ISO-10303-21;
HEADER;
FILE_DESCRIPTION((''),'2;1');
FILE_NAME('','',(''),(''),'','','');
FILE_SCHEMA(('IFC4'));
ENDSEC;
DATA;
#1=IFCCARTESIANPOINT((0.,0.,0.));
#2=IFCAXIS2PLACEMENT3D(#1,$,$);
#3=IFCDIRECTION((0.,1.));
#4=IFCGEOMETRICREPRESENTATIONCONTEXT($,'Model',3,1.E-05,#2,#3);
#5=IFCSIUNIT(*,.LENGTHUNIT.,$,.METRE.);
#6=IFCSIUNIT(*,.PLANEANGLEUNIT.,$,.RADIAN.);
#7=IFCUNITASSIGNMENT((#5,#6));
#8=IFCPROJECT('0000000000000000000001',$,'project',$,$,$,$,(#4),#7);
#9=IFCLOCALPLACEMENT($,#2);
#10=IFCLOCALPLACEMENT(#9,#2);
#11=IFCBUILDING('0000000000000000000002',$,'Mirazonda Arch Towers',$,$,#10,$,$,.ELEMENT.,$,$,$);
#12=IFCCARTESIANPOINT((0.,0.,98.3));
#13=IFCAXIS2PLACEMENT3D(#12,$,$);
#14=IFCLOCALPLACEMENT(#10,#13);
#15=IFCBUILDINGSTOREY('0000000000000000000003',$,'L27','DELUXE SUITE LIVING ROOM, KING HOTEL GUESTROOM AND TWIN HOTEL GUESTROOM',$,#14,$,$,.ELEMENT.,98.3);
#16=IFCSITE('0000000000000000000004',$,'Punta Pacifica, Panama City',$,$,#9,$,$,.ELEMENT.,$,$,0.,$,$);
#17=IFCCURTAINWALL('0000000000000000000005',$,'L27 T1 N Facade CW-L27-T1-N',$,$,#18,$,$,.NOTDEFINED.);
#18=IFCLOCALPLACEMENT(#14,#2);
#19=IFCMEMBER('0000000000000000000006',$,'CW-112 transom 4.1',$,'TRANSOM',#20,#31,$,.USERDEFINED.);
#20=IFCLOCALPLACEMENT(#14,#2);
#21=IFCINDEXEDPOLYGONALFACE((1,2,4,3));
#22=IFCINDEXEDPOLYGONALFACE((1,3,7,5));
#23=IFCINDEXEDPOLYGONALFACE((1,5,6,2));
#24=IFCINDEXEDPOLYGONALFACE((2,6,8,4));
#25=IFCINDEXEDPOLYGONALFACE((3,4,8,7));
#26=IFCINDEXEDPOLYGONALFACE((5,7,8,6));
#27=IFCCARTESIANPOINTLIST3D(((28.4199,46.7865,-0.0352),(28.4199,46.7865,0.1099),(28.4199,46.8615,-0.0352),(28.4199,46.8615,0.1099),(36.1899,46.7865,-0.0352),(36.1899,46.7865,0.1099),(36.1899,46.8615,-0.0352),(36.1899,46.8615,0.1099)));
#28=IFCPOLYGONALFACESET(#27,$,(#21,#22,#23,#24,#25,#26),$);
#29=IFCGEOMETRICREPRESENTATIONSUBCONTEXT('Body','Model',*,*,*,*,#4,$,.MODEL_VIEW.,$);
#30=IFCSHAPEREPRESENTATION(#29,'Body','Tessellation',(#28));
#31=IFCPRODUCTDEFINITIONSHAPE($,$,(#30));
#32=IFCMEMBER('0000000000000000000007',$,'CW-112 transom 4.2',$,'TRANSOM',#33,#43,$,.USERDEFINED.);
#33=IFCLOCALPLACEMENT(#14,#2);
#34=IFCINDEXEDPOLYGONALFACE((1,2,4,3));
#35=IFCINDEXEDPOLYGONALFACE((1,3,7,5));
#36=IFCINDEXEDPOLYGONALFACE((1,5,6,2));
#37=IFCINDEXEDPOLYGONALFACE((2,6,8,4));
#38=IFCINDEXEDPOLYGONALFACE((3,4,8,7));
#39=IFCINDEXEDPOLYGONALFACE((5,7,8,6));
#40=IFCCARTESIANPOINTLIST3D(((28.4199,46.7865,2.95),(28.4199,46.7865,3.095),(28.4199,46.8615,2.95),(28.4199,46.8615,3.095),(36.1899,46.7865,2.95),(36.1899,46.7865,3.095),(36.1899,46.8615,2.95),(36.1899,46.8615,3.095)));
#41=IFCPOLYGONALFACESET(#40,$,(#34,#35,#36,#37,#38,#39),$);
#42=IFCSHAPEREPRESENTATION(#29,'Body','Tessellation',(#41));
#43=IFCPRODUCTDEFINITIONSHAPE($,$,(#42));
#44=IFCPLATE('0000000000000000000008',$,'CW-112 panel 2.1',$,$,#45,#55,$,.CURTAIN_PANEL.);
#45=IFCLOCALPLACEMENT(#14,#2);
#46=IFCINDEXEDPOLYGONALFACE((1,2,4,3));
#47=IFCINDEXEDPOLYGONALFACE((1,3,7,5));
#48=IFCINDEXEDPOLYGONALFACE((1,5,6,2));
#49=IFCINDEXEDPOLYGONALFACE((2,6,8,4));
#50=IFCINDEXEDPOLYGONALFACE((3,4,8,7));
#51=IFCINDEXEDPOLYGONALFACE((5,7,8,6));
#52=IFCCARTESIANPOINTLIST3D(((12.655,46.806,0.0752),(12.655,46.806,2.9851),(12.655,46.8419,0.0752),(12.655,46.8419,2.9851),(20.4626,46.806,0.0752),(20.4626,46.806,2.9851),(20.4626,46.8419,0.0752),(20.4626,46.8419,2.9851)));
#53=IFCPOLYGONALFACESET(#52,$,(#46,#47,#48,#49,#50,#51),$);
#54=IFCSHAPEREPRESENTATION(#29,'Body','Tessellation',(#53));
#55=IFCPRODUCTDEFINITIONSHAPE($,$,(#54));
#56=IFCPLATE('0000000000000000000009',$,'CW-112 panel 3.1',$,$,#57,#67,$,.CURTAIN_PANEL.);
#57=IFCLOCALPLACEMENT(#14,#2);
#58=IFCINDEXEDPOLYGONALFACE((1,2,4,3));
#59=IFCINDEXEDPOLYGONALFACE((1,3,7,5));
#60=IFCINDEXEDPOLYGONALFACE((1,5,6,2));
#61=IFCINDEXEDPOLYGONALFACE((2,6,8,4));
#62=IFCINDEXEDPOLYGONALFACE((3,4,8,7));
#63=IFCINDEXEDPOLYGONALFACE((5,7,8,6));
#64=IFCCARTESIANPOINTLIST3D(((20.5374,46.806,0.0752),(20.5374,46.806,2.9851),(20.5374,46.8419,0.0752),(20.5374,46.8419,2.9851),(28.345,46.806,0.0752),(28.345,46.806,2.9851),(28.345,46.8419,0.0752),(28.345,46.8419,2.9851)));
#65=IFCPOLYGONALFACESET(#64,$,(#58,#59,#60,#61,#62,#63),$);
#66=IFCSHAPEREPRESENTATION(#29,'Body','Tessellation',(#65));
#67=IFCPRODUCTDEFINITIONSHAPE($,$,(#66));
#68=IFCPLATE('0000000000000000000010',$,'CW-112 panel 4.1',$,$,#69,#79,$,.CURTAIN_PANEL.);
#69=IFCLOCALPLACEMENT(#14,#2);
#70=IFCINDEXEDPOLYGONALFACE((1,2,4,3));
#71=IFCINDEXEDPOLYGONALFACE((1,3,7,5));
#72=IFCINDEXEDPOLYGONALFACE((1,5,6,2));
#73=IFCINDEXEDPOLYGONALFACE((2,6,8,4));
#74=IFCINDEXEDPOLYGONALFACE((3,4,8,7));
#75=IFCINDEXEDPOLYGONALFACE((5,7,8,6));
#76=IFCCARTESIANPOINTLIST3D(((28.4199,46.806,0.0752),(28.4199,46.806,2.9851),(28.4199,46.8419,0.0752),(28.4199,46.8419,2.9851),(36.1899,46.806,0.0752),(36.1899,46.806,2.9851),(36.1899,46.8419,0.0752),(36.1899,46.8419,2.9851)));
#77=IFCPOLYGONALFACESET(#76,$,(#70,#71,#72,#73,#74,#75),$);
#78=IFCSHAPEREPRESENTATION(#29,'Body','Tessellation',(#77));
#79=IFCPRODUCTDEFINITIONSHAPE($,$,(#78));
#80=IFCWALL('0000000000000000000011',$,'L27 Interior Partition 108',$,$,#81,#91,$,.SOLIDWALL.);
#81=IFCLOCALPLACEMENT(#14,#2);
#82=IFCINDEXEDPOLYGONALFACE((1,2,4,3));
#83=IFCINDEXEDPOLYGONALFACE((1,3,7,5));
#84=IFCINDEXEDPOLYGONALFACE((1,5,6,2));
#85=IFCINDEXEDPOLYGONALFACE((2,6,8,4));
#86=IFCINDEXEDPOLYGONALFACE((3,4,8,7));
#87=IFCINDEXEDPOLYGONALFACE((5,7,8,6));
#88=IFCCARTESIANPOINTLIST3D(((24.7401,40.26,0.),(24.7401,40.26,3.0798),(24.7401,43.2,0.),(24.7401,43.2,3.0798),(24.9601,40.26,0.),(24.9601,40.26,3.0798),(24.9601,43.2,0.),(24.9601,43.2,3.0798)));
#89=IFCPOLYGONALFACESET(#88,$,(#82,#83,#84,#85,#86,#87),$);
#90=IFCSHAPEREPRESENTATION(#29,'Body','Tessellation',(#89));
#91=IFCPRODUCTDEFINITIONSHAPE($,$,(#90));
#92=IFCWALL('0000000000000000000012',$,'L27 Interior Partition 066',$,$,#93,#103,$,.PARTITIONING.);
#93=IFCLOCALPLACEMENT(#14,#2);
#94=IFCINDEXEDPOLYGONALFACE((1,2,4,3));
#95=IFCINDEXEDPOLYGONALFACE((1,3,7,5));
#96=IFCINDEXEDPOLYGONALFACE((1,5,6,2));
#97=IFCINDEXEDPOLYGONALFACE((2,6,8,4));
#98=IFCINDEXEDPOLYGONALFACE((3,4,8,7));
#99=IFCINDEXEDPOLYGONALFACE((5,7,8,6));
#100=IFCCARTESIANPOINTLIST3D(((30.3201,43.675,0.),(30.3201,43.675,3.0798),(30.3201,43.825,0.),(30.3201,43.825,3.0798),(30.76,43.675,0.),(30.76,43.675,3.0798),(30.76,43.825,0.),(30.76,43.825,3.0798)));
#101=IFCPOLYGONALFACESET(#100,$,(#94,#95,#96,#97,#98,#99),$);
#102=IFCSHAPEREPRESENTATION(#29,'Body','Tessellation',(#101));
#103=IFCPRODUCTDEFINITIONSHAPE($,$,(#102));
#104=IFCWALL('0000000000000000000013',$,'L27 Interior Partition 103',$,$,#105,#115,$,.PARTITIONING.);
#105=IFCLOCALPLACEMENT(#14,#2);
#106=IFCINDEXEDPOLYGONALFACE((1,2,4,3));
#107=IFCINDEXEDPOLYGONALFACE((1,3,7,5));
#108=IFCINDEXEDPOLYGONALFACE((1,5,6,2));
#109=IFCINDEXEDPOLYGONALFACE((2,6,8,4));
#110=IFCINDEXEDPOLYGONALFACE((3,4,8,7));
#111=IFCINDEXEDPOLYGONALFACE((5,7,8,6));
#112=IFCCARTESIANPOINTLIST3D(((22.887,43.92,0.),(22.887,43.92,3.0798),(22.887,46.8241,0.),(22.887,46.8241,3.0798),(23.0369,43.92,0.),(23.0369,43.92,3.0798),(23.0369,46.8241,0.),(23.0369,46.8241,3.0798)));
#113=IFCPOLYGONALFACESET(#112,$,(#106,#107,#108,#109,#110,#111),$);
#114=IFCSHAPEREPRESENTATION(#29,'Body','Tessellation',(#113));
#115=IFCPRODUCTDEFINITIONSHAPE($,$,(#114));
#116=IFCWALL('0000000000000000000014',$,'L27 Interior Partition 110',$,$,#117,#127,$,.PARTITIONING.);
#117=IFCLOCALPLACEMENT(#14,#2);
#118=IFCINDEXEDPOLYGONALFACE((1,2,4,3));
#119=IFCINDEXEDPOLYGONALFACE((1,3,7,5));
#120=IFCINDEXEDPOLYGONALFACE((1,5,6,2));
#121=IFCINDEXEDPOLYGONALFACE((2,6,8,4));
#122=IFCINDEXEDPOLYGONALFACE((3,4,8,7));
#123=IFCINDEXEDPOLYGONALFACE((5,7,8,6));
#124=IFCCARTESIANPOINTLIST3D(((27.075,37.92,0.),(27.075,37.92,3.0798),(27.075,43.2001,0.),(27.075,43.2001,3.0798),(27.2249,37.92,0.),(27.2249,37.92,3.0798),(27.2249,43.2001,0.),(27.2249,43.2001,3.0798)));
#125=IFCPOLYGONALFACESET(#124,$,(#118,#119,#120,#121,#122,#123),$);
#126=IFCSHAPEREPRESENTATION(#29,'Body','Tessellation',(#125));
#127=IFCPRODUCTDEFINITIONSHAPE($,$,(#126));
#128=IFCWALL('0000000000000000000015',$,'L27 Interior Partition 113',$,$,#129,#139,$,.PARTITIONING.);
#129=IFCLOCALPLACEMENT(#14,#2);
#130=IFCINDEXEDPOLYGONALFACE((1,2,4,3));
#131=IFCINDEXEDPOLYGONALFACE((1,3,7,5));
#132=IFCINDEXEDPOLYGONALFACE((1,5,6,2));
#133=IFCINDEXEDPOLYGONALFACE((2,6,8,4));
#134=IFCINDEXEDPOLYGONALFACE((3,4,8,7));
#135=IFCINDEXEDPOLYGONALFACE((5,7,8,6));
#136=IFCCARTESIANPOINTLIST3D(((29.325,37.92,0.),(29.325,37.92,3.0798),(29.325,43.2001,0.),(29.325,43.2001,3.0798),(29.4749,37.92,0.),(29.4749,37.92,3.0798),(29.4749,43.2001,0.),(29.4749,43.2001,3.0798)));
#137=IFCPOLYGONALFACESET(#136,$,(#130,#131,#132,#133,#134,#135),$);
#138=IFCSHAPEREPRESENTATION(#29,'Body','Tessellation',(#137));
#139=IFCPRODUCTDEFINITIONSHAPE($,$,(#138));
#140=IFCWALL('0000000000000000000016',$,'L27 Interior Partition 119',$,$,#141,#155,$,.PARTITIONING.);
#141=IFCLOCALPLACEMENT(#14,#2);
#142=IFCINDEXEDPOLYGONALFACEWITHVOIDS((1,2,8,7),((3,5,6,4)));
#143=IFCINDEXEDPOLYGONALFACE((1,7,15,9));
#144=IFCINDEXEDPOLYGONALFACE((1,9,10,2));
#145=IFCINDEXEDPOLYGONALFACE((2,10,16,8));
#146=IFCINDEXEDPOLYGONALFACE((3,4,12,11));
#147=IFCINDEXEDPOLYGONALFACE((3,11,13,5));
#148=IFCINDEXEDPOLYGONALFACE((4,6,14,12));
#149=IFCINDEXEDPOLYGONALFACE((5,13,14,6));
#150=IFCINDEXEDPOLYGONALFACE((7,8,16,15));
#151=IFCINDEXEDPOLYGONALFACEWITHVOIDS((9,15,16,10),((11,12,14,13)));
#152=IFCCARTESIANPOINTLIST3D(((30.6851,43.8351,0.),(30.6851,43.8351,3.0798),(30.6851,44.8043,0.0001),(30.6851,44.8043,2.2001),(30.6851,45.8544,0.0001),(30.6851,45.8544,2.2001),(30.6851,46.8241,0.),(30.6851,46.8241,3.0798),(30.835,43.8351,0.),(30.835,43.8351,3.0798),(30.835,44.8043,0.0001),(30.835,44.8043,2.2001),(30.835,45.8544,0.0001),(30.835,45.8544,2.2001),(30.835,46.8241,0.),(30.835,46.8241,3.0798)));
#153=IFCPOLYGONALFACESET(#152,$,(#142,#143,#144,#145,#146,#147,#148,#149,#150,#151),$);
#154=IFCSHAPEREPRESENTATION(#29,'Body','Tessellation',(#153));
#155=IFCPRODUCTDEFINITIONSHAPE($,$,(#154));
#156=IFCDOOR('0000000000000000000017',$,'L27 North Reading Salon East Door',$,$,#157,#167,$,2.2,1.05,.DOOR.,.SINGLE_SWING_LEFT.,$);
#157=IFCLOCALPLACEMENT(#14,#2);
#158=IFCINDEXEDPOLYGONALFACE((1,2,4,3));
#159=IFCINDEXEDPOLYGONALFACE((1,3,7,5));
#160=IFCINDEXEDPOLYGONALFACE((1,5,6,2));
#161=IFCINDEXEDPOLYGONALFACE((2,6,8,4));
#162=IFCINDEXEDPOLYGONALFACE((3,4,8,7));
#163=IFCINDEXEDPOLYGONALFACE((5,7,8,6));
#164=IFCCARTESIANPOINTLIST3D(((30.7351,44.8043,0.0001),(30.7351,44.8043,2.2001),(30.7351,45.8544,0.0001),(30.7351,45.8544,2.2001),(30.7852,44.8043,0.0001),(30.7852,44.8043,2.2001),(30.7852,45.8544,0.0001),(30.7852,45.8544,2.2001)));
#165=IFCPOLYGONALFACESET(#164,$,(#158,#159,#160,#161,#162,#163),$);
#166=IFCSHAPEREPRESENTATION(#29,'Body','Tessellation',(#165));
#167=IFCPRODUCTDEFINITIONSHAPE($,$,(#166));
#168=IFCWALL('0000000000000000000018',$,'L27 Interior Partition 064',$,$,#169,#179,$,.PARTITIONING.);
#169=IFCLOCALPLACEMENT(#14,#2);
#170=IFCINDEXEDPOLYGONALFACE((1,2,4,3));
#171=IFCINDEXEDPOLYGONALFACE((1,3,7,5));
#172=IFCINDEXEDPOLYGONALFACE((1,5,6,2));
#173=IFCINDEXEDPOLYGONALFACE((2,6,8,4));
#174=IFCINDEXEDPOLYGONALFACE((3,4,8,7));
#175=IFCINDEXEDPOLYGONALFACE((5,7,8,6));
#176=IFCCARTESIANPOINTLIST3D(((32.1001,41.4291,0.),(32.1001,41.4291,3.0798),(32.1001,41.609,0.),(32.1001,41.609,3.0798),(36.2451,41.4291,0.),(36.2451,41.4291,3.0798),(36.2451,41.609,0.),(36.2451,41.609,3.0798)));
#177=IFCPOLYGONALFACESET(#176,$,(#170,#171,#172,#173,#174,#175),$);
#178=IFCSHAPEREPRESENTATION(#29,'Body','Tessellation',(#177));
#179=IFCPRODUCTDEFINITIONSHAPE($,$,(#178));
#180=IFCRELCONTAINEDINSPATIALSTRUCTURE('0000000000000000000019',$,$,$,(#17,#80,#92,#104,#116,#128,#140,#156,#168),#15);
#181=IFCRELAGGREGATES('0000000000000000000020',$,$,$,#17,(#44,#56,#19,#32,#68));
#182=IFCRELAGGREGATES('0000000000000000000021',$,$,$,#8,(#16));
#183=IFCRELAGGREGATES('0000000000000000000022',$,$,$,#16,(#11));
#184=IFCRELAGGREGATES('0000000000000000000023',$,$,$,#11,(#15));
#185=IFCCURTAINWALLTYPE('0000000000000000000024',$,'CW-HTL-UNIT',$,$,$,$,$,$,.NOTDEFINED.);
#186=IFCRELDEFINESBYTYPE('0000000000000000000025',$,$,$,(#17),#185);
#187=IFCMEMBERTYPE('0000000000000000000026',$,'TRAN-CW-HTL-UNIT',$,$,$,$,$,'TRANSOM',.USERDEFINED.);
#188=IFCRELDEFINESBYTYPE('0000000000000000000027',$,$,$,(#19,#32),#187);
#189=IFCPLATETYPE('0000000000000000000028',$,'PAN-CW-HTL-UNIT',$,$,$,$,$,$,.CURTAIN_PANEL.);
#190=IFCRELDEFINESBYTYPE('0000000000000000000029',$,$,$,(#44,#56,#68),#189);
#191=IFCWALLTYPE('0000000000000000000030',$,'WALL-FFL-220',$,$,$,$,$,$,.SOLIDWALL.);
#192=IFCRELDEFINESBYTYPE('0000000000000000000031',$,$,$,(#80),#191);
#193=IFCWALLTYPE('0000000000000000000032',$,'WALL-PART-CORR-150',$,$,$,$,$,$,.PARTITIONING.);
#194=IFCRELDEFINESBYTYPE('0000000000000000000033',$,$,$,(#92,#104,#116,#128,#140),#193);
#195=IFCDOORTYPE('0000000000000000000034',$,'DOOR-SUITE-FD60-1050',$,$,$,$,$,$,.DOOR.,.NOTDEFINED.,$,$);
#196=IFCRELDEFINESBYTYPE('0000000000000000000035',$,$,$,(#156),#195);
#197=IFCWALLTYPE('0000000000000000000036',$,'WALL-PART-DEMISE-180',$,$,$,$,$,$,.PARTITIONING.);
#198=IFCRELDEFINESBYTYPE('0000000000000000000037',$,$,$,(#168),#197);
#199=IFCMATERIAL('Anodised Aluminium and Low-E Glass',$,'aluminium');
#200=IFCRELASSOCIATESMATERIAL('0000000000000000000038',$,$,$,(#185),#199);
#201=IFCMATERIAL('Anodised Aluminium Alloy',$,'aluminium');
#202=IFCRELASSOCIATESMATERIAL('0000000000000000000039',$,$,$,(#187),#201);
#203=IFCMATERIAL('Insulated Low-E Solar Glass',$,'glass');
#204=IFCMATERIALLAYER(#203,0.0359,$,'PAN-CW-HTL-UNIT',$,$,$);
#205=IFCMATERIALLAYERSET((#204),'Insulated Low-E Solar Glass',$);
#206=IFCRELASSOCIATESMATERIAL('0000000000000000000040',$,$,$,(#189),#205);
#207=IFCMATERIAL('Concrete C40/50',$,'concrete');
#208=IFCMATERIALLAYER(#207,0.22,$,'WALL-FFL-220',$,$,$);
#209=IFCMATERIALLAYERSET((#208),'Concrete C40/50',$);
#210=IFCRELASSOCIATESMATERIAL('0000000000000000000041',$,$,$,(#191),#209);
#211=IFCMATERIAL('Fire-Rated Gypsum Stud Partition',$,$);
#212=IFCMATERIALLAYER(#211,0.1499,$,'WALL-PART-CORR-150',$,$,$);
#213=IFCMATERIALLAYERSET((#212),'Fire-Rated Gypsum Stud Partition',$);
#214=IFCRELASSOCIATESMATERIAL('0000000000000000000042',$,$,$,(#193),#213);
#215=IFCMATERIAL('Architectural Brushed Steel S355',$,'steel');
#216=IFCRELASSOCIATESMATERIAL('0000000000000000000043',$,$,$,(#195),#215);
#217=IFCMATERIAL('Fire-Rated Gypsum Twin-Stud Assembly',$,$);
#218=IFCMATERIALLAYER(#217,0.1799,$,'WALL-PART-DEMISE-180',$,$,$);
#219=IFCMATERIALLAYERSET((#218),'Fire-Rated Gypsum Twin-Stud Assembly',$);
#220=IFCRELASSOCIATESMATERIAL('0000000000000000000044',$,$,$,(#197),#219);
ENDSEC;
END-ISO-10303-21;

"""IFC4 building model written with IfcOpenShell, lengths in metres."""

from ifc_helpers import new_model, si_unit, direction, frame, frame_2d, origin, origin_2d, place, context, subcontext, project, spatial, rectangle, extrude, material, layer, layer_set, material_profile, profile_set, type_object, element, fill, aggregate, save


model = new_model("IFC4")

# Units and contexts
model_context = context("Model", 3, precision=1e-05, world=origin(), true_north=direction((0.0, 1.0)))
body_context = subcontext(model_context, "Body", "Model", "MODEL_VIEW")
ifc_project = project(units=[si_unit("LENGTHUNIT", "METRE"), si_unit("PLANEANGLEUNIT", "RADIAN")], contexts=[model_context])

# Site, building, storey
site_placement = place(None, origin())
site = spatial("IfcSite", under=ifc_project, at=site_placement, Name="Punta Pacifica, Panama City", CompositionType="ELEMENT", RefElevation=0.0)
building_placement = place(site_placement, origin())
building = spatial("IfcBuilding", under=site, at=building_placement, Name="Mirazonda Arch Towers", CompositionType="ELEMENT")
storey_placement = place(building_placement, frame((0.0, 0.0, 98.3)))
storey = spatial("IfcBuildingStorey", under=building, at=storey_placement, Name="L27", Description="DELUXE SUITE LIVING ROOM, KING HOTEL GUESTROOM AND TWIN HOTEL GUESTROOM", CompositionType="ELEMENT", Elevation=98.3)

# Curtain wall, members, plates
ifc_material_1 = material(Name="Anodised Aluminium and Low-E Glass", Category="aluminium")
curtain_wall_type = type_object("IfcCurtainWallType", Name="CW-HTL-UNIT", PredefinedType="NOTDEFINED", material=ifc_material_1)
curtain_wall_placement = place(storey_placement, origin())
curtain_wall = element("IfcCurtainWall", 1, at=curtain_wall_placement, inside=storey, type_object=curtain_wall_type, Name="L27 T1 N Facade CW-L27-T1-N", PredefinedType="NOTDEFINED")
ifc_material_2 = material(Name="Anodised Aluminium Alloy", Category="aluminium")
ifc_material_profile_1 = material_profile(ifc_material_2, rectangle(XDim=0.075, YDim=0.145, at=origin_2d()), Name="ALU-TRAN-75x145")
ifc_profile_set_1 = profile_set([ifc_material_profile_1], Name="Anodised Aluminium Alloy")
member_type_1 = type_object("IfcMemberType", Name="TRAN-CW-HTL-UNIT", ElementType="TRANSOM", PredefinedType="USERDEFINED", material=ifc_profile_set_1)
member_1_placement = place(storey_placement, frame((28.4199, 46.824, 0.0374), z_axis=(1.0, 0.0, 0.0), x_axis=(0.0, 1.0, 0.0)))
member_1 = element("IfcMember", 2, at=member_1_placement, type_object=member_type_1, Name="CW-112 transom 4.1", ObjectType="TRANSOM", PredefinedType="USERDEFINED", context=body_context, shape_type="SweptSolid", body=[
    extrude(rectangle(XDim=0.075, YDim=0.145, at=origin_2d()), origin(), (0.0, 0.0, 1.0), 7.77),
])
member_2_placement = place(storey_placement, frame((28.4199, 46.824, 3.0225), z_axis=(1.0, 0.0, 0.0), x_axis=(0.0, 1.0, 0.0)))
member_2 = element("IfcMember", 3, at=member_2_placement, type_object=member_type_1, Name="CW-112 transom 4.2", ObjectType="TRANSOM", PredefinedType="USERDEFINED", context=body_context, shape_type="SweptSolid", body=[
    extrude(rectangle(XDim=0.075, YDim=0.145, at=origin_2d()), origin(), (0.0, 0.0, 1.0), 7.77),
])
ifc_material_3 = material(Name="Insulated Low-E Solar Glass", Category="glass")
ifc_layer_1 = layer(ifc_material_3, 0.0359, Name="PAN-CW-HTL-UNIT")
ifc_layer_set_1 = layer_set([ifc_layer_1], Name="Insulated Low-E Solar Glass")
plate_type = type_object("IfcPlateType", Name="PAN-CW-HTL-UNIT", PredefinedType="CURTAIN_PANEL", material=ifc_layer_set_1)
plate_1_placement = place(storey_placement, frame((16.5588, 46.824, 0.0752), z_axis=(0.0, 0.0, 1.0), x_axis=(1.0, 0.0, 0.0)))
plate_1 = element("IfcPlate", 4, at=plate_1_placement, type_object=plate_type, Name="CW-112 panel 2.1", PredefinedType="CURTAIN_PANEL", context=body_context, shape_type="SweptSolid", body=[
    extrude(rectangle(XDim=7.8076, YDim=0.0359, at=origin_2d()), origin(), (0.0, 0.0, 1.0), 2.9099),
])
plate_2_placement = place(storey_placement, frame((24.4412, 46.824, 0.0752), z_axis=(0.0, 0.0, 1.0), x_axis=(1.0, 0.0, 0.0)))
plate_2 = element("IfcPlate", 5, at=plate_2_placement, type_object=plate_type, Name="CW-112 panel 3.1", PredefinedType="CURTAIN_PANEL", context=body_context, shape_type="SweptSolid", body=[
    extrude(rectangle(XDim=7.8076, YDim=0.0359, at=origin_2d()), origin(), (0.0, 0.0, 1.0), 2.9099),
])
plate_3_placement = place(storey_placement, frame((32.3049, 46.824, 0.0752), z_axis=(0.0, 0.0, 1.0), x_axis=(1.0, 0.0, 0.0)))
plate_3 = element("IfcPlate", 6, at=plate_3_placement, type_object=plate_type, Name="CW-112 panel 4.1", PredefinedType="CURTAIN_PANEL", context=body_context, shape_type="SweptSolid", body=[
    extrude(rectangle(XDim=7.77, YDim=0.0359, at=origin_2d()), origin(), (0.0, 0.0, 1.0), 2.9099),
])
aggregate(curtain_wall, [plate_1, plate_2, member_1, member_2, plate_3])

# Walls
ifc_material_4 = material(Name="Concrete C40/50", Category="concrete")
ifc_layer_2 = layer(ifc_material_4, 0.22, Name="WALL-FFL-220")
ifc_layer_set_2 = layer_set([ifc_layer_2], Name="Concrete C40/50")
wall_type_1 = type_object("IfcWallType", Name="WALL-FFL-220", PredefinedType="SOLIDWALL", material=ifc_layer_set_2)
wall_1_placement = place(storey_placement, frame((24.8501, 40.26, 0.0), z_axis=(0.0, 0.0, 1.0), x_axis=(0.0, 1.0, 0.0)))
element("IfcWall", 7, at=wall_1_placement, inside=storey, type_object=wall_type_1, Name="L27 Interior Partition 108", PredefinedType="SOLIDWALL", context=body_context, shape_type="SweptSolid", body=[
    extrude(rectangle(XDim=2.9399, YDim=0.22, at=frame_2d((1.47, 0.0))), origin(), (0.0, 0.0, 1.0), 3.0798),
])
ifc_material_5 = material(Name="Fire-Rated Gypsum Stud Partition")
ifc_layer_3 = layer(ifc_material_5, 0.1499, Name="WALL-PART-CORR-150")
ifc_layer_set_3 = layer_set([ifc_layer_3], Name="Fire-Rated Gypsum Stud Partition")
wall_type_2 = type_object("IfcWallType", Name="WALL-PART-CORR-150", PredefinedType="PARTITIONING", material=ifc_layer_set_3)
wall_2_placement = place(storey_placement, frame((30.3201, 43.75, 0.0), z_axis=(0.0, 0.0, 1.0), x_axis=(1.0, 0.0, 0.0)))
element("IfcWall", 8, at=wall_2_placement, inside=storey, type_object=wall_type_2, Name="L27 Interior Partition 066", PredefinedType="PARTITIONING", context=body_context, shape_type="SweptSolid", body=[
    extrude(rectangle(XDim=0.4399, YDim=0.1499, at=frame_2d((0.22, 0.0))), origin(), (0.0, 0.0, 1.0), 3.0798),
])
wall_3_placement = place(storey_placement, frame((22.9619, 43.9199, 0.0), z_axis=(0.0, 0.0, 1.0), x_axis=(0.0, 1.0, 0.0)))
element("IfcWall", 9, at=wall_3_placement, inside=storey, type_object=wall_type_2, Name="L27 Interior Partition 103", PredefinedType="PARTITIONING", context=body_context, shape_type="SweptSolid", body=[
    extrude(rectangle(XDim=2.9041, YDim=0.1499, at=frame_2d((1.4521, 0.0))), origin(), (0.0, 0.0, 1.0), 3.0798),
])
for number, where, z_axis, x_axis, name in (
    (10, (27.1499, 37.9199, 0.0), (0.0, 0.0, 1.0), (0.0, 1.0, 0.0), "L27 Interior Partition 110"),
    (11, (29.3999, 37.9199, 0.0), (0.0, 0.0, 1.0), (0.0, 1.0, 0.0), "L27 Interior Partition 113"),
):
    element("IfcWall", number, at=place(storey_placement, frame(where, z_axis=z_axis, x_axis=x_axis)), inside=storey, type_object=wall_type_2, Name=name, PredefinedType="PARTITIONING", context=body_context, shape_type="SweptSolid", body=[
        extrude(rectangle(XDim=5.28, YDim=0.1499, at=frame_2d((2.6401, 0.0))), origin(), (0.0, 0.0, 1.0), 3.0798),
    ])

# Wall, opening, door
wall_4_placement = place(storey_placement, frame((30.76, 43.835, 0.0), z_axis=(0.0, 0.0, 1.0), x_axis=(0.0, 1.0, 0.0)))
wall_4 = element("IfcWall", 12, at=wall_4_placement, inside=storey, type_object=wall_type_2, Name="L27 Interior Partition 119", PredefinedType="PARTITIONING", context=body_context, shape_type="SweptSolid", body=[
    extrude(rectangle(XDim=2.989, YDim=0.1499, at=frame_2d((1.4946, 0.0))), origin(), (0.0, 0.0, 1.0), 3.0798),
])
opening_1_placement = place(wall_4_placement, frame((0.9695, 0.0, 0.0)))
opening_1 = element("IfcOpeningElement", 13, at=opening_1_placement, cuts=wall_4, PredefinedType="OPENING", context=body_context, shape_type="SweptSolid", body=[
    extrude(rectangle(XDim=1.05, YDim=2.2, at=frame_2d((0.5249, 1.1001))), frame((0.0, 0.085, 0.0), z_axis=(0.0, -1.0, 0.0), x_axis=(1.0, 0.0, 0.0)), (0.0, 0.0, 1.0), 0.1699),
])
ifc_material_6 = material(Name="Architectural Brushed Steel S355", Category="steel")
door_type_1 = type_object("IfcDoorType", Name="DOOR-SUITE-FD60-1050", OperationType="NOTDEFINED", PredefinedType="DOOR", material=ifc_material_6)
door_1_placement = place(opening_1_placement, origin())
door_1 = element("IfcDoor", 14, at=door_1_placement, inside=storey, type_object=door_type_1, Name="L27 North Reading Salon East Door", OperationType="SINGLE_SWING_LEFT", OverallHeight=2.2, OverallWidth=1.05, PredefinedType="DOOR", context=body_context, shape_type="SweptSolid", body=[
    extrude(rectangle(XDim=1.05, YDim=2.2, at=frame_2d((0.5249, 1.1001))), frame((0.0, 0.0249, 0.0), z_axis=(0.0, -1.0, 0.0), x_axis=(1.0, 0.0, 0.0)), (0.0, 0.0, 1.0), 0.05),
])
fill(opening_1, door_1)

# Wall
ifc_material_7 = material(Name="Fire-Rated Gypsum Twin-Stud Assembly")
ifc_layer_4 = layer(ifc_material_7, 0.1799, Name="WALL-PART-DEMISE-180")
ifc_layer_set_4 = layer_set([ifc_layer_4], Name="Fire-Rated Gypsum Twin-Stud Assembly")
wall_type_3 = type_object("IfcWallType", Name="WALL-PART-DEMISE-180", PredefinedType="PARTITIONING", material=ifc_layer_set_4)
wall_5_placement = place(storey_placement, frame((32.1001, 41.519, 0.0), z_axis=(0.0, 0.0, 1.0), x_axis=(1.0, 0.0, 0.0)))
element("IfcWall", 15, at=wall_5_placement, inside=storey, type_object=wall_type_3, Name="L27 Interior Partition 064", PredefinedType="PARTITIONING", context=body_context, shape_type="SweptSolid", body=[
    extrude(rectangle(XDim=4.145, YDim=0.1799, at=frame_2d((2.0725, 0.0))), origin(), (0.0, 0.0, 1.0), 3.0798),
])

save(model, "model.ifc")
